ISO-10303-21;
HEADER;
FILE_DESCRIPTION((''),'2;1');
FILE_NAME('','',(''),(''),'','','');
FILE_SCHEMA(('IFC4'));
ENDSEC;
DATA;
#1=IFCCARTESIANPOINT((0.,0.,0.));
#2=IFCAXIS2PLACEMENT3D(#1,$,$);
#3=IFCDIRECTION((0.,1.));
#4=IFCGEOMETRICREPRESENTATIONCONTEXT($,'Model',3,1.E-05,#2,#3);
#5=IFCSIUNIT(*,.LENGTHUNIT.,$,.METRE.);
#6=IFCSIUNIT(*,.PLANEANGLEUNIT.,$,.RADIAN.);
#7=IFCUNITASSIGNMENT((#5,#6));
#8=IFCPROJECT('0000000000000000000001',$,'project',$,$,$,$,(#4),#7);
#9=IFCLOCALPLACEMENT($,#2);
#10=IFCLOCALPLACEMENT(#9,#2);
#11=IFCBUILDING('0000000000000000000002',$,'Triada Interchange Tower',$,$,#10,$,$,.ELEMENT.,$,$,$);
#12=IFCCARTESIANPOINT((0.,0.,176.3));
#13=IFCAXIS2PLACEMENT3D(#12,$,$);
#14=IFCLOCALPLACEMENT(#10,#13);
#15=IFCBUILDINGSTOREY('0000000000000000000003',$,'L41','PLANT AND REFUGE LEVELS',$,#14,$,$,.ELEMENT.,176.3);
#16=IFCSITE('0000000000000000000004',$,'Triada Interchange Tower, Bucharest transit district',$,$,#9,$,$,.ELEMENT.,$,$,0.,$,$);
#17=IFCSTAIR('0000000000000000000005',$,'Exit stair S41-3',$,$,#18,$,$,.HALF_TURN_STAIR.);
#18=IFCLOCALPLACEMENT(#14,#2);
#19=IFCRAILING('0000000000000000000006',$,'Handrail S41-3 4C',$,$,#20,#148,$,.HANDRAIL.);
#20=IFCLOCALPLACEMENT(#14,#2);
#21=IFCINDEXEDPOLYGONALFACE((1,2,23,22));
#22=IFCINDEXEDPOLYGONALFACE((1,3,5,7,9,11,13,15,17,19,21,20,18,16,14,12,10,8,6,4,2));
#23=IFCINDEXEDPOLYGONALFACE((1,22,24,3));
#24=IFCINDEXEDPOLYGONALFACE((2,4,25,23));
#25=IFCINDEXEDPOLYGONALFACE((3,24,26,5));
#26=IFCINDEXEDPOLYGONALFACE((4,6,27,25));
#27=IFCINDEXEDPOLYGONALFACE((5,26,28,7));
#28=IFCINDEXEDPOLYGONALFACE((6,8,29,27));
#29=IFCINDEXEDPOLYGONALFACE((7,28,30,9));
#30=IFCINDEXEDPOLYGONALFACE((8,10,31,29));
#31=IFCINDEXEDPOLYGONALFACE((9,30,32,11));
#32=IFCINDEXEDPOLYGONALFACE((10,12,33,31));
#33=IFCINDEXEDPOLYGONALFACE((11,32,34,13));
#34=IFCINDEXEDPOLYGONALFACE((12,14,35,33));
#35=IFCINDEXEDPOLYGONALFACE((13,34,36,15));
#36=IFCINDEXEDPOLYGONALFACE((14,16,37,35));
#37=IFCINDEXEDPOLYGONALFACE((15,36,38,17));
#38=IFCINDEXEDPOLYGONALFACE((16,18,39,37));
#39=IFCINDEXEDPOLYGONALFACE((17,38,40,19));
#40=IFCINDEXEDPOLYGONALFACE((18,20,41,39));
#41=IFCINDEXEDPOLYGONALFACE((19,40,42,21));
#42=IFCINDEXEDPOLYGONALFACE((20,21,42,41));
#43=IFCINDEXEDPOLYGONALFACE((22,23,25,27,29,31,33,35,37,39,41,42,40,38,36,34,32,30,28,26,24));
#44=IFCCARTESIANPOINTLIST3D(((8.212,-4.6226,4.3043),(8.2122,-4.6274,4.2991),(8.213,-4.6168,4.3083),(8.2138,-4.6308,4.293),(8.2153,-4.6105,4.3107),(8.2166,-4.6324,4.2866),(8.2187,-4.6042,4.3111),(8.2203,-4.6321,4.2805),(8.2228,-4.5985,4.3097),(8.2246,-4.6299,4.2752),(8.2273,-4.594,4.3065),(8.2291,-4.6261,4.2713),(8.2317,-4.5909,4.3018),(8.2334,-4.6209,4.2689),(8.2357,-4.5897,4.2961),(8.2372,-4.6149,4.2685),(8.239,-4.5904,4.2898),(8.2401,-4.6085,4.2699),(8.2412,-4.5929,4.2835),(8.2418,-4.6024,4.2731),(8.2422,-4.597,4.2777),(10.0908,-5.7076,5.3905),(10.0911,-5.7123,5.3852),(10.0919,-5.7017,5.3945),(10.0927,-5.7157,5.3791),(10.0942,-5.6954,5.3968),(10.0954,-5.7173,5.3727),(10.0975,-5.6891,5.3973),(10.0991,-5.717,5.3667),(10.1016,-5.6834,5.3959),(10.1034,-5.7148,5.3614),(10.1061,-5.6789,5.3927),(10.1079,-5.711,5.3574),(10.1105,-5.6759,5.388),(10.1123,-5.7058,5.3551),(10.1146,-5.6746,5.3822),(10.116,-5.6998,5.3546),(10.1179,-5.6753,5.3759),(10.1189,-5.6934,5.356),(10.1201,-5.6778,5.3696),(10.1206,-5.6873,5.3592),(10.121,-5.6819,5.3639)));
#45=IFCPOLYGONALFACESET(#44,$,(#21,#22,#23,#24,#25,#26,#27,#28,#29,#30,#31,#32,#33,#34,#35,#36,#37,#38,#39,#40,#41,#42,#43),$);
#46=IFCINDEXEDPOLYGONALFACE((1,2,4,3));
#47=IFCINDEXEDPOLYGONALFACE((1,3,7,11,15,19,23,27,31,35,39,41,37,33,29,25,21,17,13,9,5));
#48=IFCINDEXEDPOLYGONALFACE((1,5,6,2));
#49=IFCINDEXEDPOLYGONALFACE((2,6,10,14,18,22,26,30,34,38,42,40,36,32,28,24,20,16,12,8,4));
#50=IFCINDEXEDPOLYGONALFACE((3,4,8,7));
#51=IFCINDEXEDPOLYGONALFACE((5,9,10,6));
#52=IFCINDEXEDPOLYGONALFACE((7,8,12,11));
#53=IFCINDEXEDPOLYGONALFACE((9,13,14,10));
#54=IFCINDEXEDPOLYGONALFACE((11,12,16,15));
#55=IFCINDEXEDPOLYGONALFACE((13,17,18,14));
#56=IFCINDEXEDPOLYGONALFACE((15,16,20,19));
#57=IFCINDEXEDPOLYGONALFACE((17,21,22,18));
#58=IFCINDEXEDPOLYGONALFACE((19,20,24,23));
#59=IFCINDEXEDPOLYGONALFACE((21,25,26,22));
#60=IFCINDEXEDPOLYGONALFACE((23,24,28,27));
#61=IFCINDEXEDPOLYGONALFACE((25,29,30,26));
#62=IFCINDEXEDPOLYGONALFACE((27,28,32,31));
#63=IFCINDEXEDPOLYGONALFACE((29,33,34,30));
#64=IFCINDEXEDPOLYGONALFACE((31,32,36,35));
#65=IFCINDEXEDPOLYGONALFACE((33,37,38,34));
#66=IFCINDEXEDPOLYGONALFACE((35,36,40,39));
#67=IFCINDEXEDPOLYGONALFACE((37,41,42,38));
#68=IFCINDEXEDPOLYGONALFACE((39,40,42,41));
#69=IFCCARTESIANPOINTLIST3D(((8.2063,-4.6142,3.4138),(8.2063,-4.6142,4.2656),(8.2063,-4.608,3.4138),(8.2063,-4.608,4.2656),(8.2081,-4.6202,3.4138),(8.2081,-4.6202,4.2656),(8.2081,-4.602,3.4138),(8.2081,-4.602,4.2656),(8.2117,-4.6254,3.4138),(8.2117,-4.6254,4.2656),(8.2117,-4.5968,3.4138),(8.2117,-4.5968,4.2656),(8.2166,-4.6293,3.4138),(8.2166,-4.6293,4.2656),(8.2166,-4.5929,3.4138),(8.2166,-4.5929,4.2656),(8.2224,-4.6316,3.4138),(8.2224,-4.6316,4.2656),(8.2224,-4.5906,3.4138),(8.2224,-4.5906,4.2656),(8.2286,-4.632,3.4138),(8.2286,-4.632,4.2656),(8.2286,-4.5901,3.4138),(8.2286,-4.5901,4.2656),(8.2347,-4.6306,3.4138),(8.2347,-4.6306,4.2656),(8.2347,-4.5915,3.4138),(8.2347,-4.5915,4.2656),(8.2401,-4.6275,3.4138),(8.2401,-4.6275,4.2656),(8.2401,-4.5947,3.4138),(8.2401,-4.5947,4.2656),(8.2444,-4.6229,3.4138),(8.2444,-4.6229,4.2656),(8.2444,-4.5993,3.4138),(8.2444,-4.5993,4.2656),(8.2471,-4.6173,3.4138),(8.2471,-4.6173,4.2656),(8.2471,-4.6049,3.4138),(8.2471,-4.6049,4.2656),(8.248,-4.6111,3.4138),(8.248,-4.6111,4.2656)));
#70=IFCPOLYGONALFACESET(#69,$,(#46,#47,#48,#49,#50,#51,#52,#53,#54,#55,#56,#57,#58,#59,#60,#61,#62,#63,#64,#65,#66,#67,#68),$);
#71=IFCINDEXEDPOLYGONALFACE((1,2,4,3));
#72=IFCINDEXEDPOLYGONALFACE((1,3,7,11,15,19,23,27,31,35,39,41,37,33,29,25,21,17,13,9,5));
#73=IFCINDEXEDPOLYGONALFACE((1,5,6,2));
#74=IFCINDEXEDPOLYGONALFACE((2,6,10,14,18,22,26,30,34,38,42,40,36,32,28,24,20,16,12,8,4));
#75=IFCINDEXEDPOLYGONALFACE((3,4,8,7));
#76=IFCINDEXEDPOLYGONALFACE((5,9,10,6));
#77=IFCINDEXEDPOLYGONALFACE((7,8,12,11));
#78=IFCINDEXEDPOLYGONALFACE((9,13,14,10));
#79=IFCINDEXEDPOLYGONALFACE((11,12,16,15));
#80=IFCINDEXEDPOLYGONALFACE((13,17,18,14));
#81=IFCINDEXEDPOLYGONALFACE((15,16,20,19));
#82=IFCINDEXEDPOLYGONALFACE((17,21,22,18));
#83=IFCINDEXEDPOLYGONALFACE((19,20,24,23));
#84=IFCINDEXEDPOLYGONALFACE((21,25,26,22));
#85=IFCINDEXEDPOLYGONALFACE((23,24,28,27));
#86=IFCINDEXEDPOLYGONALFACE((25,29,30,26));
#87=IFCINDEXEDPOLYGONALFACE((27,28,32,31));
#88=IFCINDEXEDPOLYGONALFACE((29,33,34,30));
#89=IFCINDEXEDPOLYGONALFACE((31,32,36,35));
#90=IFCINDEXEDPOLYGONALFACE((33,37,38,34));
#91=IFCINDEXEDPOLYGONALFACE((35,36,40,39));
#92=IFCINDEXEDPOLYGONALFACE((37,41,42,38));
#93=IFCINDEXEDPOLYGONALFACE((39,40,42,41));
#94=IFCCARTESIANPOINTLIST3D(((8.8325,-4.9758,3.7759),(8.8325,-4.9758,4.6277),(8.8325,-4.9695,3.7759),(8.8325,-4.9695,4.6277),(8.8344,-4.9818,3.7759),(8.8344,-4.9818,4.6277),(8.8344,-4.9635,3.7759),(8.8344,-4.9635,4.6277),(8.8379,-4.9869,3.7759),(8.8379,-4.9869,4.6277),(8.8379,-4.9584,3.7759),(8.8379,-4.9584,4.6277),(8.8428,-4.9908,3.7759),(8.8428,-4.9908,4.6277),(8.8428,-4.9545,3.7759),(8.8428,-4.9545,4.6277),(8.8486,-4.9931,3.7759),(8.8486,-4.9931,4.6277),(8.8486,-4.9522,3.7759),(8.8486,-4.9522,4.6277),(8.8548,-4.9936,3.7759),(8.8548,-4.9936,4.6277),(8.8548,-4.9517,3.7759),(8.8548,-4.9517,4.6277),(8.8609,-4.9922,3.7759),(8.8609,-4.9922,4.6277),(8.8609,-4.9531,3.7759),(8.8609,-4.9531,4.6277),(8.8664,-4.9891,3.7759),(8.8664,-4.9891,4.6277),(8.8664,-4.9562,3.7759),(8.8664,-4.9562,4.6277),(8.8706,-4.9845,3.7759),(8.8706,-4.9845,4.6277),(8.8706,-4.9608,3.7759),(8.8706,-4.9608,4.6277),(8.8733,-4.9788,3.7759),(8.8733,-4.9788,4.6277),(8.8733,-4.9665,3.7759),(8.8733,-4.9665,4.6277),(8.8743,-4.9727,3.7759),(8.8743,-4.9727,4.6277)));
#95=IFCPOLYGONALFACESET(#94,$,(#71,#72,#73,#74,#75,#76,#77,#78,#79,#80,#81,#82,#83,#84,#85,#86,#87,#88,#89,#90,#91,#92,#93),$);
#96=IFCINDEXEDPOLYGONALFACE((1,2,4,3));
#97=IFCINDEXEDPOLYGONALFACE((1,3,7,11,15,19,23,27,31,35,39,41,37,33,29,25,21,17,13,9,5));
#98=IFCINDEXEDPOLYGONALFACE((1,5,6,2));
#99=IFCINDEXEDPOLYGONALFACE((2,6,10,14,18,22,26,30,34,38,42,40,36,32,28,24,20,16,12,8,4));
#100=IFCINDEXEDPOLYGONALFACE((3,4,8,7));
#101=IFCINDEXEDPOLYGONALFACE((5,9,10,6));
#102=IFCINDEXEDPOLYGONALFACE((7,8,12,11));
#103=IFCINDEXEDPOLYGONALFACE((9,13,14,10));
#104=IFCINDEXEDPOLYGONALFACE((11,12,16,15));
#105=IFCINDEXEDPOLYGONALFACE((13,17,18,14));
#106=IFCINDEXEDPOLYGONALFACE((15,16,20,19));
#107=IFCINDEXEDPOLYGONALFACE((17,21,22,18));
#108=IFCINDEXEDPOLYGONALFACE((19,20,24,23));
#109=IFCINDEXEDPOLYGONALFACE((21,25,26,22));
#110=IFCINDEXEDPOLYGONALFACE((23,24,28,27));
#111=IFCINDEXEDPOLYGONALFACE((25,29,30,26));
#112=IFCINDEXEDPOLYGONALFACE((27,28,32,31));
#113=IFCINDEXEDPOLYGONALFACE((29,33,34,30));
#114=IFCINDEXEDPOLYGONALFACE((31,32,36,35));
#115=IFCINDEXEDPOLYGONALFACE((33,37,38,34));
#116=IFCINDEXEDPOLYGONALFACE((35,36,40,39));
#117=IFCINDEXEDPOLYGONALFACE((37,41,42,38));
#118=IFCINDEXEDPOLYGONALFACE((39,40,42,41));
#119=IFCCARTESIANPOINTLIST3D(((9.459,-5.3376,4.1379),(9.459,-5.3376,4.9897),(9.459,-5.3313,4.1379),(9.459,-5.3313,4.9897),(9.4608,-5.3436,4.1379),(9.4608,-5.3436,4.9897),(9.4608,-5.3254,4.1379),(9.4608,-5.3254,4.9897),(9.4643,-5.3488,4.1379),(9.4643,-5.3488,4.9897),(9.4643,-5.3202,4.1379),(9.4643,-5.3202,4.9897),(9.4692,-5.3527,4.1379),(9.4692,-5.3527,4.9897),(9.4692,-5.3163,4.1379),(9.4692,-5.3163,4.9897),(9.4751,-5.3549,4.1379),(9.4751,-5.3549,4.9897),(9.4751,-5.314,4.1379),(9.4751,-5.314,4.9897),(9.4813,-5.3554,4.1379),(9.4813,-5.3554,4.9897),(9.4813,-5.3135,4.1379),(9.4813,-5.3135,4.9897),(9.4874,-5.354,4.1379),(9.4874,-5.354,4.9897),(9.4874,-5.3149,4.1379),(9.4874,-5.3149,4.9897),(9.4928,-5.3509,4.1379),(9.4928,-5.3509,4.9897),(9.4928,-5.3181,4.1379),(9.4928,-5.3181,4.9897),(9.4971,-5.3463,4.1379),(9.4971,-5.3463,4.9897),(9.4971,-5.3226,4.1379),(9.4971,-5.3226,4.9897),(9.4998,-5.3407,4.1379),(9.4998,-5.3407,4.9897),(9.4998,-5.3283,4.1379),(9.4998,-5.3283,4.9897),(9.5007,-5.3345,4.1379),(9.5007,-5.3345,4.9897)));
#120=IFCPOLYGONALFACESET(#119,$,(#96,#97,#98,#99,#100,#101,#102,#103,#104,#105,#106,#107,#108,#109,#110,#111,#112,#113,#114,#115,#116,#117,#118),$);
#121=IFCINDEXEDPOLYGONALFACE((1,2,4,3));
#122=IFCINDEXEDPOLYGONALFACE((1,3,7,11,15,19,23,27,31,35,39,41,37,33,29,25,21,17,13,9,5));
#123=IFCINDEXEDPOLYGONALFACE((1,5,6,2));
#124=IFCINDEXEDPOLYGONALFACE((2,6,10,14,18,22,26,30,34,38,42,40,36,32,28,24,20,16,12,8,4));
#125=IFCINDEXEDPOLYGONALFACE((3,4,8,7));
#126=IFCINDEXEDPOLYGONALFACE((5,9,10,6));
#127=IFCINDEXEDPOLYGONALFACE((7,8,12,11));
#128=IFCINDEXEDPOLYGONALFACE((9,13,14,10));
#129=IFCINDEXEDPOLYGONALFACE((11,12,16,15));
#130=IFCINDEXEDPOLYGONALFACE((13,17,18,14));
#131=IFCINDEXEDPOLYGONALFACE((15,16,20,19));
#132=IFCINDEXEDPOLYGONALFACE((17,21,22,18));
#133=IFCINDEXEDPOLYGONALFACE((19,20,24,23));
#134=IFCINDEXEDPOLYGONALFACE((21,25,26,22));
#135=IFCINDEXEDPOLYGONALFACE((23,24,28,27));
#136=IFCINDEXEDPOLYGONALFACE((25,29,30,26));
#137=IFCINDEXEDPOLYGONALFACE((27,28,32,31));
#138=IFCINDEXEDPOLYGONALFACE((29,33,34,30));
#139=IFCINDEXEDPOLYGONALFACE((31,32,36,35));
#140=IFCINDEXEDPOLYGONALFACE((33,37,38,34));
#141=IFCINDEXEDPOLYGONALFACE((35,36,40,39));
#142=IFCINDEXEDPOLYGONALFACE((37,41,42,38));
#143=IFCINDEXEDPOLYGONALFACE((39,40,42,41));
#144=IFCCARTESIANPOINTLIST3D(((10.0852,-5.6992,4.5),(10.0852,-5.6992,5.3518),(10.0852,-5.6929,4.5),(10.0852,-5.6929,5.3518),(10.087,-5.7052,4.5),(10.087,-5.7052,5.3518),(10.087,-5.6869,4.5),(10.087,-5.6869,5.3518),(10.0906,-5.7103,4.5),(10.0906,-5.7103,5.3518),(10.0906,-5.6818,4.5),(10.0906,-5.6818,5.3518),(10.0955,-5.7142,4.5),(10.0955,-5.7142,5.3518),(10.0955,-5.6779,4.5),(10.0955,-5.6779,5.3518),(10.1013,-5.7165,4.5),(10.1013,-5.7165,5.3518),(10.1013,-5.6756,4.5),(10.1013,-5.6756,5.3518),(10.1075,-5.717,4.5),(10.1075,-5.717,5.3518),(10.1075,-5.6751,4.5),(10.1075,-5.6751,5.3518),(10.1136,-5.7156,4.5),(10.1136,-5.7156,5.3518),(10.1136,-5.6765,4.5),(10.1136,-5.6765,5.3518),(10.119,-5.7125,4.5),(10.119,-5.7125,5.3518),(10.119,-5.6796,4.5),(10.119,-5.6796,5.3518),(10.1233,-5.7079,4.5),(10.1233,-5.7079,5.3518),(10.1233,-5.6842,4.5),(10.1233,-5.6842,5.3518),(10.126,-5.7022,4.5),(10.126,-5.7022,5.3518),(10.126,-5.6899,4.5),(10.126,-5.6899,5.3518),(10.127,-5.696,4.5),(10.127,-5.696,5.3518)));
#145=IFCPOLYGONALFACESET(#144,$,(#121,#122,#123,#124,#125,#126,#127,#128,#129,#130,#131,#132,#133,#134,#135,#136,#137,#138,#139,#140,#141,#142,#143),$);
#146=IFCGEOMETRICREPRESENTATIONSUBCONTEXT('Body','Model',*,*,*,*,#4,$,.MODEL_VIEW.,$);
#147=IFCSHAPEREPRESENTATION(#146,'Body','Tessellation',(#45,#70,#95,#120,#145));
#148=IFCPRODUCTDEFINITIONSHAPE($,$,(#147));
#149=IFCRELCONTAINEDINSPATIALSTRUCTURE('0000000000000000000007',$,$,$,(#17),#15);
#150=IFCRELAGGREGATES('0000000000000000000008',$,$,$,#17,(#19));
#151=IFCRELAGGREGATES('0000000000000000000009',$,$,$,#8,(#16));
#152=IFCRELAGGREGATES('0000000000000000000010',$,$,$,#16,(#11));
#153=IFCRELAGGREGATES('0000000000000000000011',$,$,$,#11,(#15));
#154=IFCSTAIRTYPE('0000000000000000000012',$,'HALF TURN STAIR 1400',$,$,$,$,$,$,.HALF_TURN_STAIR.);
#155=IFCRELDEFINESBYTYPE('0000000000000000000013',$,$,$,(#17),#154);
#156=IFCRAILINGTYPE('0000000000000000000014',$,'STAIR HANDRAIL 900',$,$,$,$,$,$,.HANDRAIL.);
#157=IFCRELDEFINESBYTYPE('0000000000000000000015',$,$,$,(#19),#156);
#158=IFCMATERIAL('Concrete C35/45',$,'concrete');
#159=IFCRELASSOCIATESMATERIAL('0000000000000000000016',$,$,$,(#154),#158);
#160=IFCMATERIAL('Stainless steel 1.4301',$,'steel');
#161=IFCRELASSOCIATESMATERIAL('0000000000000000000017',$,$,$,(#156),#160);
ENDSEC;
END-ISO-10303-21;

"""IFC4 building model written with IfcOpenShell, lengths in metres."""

from ifc_helpers import new_model, si_unit, direction, frame, origin, origin_2d, place, context, subcontext, project, spatial, circle, extrude, material, type_object, element, aggregate, save


model = new_model("IFC4")

# Units and contexts
model_context = context("Model", 3, precision=1e-05, world=origin(), true_north=direction((0.0, 1.0)))
body_context = subcontext(model_context, "Body", "Model", "MODEL_VIEW")
ifc_project = project(units=[si_unit("LENGTHUNIT", "METRE"), si_unit("PLANEANGLEUNIT", "RADIAN")], contexts=[model_context])

# Site, building, storey
site_placement = place(None, origin())
site = spatial("IfcSite", under=ifc_project, at=site_placement, Name="Triada Interchange Tower, Bucharest transit district", CompositionType="ELEMENT", RefElevation=0.0)
building_placement = place(site_placement, origin())
building = spatial("IfcBuilding", under=site, at=building_placement, Name="Triada Interchange Tower", CompositionType="ELEMENT")
storey_placement = place(building_placement, frame((0.0, 0.0, 176.3)))
storey = spatial("IfcBuildingStorey", under=building, at=storey_placement, Name="L41", Description="PLANT AND REFUGE LEVELS", CompositionType="ELEMENT", Elevation=176.3)

# Shared definitions
ifc_material_1 = material(Name="Concrete C35/45", Category="concrete")

# Stair, railing
stair_type = type_object("IfcStairType", Name="HALF TURN STAIR 1400", PredefinedType="HALF_TURN_STAIR", material=ifc_material_1)
stair_placement = place(storey_placement, origin())
stair = element("IfcStair", 1, at=stair_placement, inside=storey, type_object=stair_type, Name="Exit stair S41-3", PredefinedType="HALF_TURN_STAIR")
ifc_material_2 = material(Name="Stainless steel 1.4301", Category="steel")
railing_type_1 = type_object("IfcRailingType", Name="STAIR HANDRAIL 900", PredefinedType="HANDRAIL", material=ifc_material_2)
railing_1_placement = place(storey_placement, frame((8.2271, -4.6111, 3.4138)))
railing_1 = element("IfcRailing", 2, at=railing_1_placement, type_object=railing_type_1, Name="Handrail S41-3 4C", PredefinedType="HANDRAIL", context=body_context, shape_type="SweptSolid", body=[
    extrude(circle(Radius=0.0239, at=origin_2d()), frame((0.0, 0.0, 0.876), z_axis=(0.774373, -0.447156, 0.447659), x_axis=(0.50006, 0.865991, 0.0)), (0.0, 0.0, 1.0), 2.4263),
    extrude(circle(Radius=0.021, at=origin_2d()), origin(), (0.0, 0.0, 1.0), 0.8518),
    extrude(circle(Radius=0.021, at=origin_2d()), frame((0.6262, -0.3616, 0.3621)), (0.0, 0.0, 1.0), 0.8518),
    extrude(circle(Radius=0.021, at=origin_2d()), frame((1.2527, -0.7234, 0.7241)), (0.0, 0.0, 1.0), 0.8518),
    extrude(circle(Radius=0.021, at=origin_2d()), frame((1.8789, -1.085, 1.0862)), (0.0, 0.0, 1.0), 0.8518),
])
aggregate(stair, [railing_1])

save(model, "model.ifc")
